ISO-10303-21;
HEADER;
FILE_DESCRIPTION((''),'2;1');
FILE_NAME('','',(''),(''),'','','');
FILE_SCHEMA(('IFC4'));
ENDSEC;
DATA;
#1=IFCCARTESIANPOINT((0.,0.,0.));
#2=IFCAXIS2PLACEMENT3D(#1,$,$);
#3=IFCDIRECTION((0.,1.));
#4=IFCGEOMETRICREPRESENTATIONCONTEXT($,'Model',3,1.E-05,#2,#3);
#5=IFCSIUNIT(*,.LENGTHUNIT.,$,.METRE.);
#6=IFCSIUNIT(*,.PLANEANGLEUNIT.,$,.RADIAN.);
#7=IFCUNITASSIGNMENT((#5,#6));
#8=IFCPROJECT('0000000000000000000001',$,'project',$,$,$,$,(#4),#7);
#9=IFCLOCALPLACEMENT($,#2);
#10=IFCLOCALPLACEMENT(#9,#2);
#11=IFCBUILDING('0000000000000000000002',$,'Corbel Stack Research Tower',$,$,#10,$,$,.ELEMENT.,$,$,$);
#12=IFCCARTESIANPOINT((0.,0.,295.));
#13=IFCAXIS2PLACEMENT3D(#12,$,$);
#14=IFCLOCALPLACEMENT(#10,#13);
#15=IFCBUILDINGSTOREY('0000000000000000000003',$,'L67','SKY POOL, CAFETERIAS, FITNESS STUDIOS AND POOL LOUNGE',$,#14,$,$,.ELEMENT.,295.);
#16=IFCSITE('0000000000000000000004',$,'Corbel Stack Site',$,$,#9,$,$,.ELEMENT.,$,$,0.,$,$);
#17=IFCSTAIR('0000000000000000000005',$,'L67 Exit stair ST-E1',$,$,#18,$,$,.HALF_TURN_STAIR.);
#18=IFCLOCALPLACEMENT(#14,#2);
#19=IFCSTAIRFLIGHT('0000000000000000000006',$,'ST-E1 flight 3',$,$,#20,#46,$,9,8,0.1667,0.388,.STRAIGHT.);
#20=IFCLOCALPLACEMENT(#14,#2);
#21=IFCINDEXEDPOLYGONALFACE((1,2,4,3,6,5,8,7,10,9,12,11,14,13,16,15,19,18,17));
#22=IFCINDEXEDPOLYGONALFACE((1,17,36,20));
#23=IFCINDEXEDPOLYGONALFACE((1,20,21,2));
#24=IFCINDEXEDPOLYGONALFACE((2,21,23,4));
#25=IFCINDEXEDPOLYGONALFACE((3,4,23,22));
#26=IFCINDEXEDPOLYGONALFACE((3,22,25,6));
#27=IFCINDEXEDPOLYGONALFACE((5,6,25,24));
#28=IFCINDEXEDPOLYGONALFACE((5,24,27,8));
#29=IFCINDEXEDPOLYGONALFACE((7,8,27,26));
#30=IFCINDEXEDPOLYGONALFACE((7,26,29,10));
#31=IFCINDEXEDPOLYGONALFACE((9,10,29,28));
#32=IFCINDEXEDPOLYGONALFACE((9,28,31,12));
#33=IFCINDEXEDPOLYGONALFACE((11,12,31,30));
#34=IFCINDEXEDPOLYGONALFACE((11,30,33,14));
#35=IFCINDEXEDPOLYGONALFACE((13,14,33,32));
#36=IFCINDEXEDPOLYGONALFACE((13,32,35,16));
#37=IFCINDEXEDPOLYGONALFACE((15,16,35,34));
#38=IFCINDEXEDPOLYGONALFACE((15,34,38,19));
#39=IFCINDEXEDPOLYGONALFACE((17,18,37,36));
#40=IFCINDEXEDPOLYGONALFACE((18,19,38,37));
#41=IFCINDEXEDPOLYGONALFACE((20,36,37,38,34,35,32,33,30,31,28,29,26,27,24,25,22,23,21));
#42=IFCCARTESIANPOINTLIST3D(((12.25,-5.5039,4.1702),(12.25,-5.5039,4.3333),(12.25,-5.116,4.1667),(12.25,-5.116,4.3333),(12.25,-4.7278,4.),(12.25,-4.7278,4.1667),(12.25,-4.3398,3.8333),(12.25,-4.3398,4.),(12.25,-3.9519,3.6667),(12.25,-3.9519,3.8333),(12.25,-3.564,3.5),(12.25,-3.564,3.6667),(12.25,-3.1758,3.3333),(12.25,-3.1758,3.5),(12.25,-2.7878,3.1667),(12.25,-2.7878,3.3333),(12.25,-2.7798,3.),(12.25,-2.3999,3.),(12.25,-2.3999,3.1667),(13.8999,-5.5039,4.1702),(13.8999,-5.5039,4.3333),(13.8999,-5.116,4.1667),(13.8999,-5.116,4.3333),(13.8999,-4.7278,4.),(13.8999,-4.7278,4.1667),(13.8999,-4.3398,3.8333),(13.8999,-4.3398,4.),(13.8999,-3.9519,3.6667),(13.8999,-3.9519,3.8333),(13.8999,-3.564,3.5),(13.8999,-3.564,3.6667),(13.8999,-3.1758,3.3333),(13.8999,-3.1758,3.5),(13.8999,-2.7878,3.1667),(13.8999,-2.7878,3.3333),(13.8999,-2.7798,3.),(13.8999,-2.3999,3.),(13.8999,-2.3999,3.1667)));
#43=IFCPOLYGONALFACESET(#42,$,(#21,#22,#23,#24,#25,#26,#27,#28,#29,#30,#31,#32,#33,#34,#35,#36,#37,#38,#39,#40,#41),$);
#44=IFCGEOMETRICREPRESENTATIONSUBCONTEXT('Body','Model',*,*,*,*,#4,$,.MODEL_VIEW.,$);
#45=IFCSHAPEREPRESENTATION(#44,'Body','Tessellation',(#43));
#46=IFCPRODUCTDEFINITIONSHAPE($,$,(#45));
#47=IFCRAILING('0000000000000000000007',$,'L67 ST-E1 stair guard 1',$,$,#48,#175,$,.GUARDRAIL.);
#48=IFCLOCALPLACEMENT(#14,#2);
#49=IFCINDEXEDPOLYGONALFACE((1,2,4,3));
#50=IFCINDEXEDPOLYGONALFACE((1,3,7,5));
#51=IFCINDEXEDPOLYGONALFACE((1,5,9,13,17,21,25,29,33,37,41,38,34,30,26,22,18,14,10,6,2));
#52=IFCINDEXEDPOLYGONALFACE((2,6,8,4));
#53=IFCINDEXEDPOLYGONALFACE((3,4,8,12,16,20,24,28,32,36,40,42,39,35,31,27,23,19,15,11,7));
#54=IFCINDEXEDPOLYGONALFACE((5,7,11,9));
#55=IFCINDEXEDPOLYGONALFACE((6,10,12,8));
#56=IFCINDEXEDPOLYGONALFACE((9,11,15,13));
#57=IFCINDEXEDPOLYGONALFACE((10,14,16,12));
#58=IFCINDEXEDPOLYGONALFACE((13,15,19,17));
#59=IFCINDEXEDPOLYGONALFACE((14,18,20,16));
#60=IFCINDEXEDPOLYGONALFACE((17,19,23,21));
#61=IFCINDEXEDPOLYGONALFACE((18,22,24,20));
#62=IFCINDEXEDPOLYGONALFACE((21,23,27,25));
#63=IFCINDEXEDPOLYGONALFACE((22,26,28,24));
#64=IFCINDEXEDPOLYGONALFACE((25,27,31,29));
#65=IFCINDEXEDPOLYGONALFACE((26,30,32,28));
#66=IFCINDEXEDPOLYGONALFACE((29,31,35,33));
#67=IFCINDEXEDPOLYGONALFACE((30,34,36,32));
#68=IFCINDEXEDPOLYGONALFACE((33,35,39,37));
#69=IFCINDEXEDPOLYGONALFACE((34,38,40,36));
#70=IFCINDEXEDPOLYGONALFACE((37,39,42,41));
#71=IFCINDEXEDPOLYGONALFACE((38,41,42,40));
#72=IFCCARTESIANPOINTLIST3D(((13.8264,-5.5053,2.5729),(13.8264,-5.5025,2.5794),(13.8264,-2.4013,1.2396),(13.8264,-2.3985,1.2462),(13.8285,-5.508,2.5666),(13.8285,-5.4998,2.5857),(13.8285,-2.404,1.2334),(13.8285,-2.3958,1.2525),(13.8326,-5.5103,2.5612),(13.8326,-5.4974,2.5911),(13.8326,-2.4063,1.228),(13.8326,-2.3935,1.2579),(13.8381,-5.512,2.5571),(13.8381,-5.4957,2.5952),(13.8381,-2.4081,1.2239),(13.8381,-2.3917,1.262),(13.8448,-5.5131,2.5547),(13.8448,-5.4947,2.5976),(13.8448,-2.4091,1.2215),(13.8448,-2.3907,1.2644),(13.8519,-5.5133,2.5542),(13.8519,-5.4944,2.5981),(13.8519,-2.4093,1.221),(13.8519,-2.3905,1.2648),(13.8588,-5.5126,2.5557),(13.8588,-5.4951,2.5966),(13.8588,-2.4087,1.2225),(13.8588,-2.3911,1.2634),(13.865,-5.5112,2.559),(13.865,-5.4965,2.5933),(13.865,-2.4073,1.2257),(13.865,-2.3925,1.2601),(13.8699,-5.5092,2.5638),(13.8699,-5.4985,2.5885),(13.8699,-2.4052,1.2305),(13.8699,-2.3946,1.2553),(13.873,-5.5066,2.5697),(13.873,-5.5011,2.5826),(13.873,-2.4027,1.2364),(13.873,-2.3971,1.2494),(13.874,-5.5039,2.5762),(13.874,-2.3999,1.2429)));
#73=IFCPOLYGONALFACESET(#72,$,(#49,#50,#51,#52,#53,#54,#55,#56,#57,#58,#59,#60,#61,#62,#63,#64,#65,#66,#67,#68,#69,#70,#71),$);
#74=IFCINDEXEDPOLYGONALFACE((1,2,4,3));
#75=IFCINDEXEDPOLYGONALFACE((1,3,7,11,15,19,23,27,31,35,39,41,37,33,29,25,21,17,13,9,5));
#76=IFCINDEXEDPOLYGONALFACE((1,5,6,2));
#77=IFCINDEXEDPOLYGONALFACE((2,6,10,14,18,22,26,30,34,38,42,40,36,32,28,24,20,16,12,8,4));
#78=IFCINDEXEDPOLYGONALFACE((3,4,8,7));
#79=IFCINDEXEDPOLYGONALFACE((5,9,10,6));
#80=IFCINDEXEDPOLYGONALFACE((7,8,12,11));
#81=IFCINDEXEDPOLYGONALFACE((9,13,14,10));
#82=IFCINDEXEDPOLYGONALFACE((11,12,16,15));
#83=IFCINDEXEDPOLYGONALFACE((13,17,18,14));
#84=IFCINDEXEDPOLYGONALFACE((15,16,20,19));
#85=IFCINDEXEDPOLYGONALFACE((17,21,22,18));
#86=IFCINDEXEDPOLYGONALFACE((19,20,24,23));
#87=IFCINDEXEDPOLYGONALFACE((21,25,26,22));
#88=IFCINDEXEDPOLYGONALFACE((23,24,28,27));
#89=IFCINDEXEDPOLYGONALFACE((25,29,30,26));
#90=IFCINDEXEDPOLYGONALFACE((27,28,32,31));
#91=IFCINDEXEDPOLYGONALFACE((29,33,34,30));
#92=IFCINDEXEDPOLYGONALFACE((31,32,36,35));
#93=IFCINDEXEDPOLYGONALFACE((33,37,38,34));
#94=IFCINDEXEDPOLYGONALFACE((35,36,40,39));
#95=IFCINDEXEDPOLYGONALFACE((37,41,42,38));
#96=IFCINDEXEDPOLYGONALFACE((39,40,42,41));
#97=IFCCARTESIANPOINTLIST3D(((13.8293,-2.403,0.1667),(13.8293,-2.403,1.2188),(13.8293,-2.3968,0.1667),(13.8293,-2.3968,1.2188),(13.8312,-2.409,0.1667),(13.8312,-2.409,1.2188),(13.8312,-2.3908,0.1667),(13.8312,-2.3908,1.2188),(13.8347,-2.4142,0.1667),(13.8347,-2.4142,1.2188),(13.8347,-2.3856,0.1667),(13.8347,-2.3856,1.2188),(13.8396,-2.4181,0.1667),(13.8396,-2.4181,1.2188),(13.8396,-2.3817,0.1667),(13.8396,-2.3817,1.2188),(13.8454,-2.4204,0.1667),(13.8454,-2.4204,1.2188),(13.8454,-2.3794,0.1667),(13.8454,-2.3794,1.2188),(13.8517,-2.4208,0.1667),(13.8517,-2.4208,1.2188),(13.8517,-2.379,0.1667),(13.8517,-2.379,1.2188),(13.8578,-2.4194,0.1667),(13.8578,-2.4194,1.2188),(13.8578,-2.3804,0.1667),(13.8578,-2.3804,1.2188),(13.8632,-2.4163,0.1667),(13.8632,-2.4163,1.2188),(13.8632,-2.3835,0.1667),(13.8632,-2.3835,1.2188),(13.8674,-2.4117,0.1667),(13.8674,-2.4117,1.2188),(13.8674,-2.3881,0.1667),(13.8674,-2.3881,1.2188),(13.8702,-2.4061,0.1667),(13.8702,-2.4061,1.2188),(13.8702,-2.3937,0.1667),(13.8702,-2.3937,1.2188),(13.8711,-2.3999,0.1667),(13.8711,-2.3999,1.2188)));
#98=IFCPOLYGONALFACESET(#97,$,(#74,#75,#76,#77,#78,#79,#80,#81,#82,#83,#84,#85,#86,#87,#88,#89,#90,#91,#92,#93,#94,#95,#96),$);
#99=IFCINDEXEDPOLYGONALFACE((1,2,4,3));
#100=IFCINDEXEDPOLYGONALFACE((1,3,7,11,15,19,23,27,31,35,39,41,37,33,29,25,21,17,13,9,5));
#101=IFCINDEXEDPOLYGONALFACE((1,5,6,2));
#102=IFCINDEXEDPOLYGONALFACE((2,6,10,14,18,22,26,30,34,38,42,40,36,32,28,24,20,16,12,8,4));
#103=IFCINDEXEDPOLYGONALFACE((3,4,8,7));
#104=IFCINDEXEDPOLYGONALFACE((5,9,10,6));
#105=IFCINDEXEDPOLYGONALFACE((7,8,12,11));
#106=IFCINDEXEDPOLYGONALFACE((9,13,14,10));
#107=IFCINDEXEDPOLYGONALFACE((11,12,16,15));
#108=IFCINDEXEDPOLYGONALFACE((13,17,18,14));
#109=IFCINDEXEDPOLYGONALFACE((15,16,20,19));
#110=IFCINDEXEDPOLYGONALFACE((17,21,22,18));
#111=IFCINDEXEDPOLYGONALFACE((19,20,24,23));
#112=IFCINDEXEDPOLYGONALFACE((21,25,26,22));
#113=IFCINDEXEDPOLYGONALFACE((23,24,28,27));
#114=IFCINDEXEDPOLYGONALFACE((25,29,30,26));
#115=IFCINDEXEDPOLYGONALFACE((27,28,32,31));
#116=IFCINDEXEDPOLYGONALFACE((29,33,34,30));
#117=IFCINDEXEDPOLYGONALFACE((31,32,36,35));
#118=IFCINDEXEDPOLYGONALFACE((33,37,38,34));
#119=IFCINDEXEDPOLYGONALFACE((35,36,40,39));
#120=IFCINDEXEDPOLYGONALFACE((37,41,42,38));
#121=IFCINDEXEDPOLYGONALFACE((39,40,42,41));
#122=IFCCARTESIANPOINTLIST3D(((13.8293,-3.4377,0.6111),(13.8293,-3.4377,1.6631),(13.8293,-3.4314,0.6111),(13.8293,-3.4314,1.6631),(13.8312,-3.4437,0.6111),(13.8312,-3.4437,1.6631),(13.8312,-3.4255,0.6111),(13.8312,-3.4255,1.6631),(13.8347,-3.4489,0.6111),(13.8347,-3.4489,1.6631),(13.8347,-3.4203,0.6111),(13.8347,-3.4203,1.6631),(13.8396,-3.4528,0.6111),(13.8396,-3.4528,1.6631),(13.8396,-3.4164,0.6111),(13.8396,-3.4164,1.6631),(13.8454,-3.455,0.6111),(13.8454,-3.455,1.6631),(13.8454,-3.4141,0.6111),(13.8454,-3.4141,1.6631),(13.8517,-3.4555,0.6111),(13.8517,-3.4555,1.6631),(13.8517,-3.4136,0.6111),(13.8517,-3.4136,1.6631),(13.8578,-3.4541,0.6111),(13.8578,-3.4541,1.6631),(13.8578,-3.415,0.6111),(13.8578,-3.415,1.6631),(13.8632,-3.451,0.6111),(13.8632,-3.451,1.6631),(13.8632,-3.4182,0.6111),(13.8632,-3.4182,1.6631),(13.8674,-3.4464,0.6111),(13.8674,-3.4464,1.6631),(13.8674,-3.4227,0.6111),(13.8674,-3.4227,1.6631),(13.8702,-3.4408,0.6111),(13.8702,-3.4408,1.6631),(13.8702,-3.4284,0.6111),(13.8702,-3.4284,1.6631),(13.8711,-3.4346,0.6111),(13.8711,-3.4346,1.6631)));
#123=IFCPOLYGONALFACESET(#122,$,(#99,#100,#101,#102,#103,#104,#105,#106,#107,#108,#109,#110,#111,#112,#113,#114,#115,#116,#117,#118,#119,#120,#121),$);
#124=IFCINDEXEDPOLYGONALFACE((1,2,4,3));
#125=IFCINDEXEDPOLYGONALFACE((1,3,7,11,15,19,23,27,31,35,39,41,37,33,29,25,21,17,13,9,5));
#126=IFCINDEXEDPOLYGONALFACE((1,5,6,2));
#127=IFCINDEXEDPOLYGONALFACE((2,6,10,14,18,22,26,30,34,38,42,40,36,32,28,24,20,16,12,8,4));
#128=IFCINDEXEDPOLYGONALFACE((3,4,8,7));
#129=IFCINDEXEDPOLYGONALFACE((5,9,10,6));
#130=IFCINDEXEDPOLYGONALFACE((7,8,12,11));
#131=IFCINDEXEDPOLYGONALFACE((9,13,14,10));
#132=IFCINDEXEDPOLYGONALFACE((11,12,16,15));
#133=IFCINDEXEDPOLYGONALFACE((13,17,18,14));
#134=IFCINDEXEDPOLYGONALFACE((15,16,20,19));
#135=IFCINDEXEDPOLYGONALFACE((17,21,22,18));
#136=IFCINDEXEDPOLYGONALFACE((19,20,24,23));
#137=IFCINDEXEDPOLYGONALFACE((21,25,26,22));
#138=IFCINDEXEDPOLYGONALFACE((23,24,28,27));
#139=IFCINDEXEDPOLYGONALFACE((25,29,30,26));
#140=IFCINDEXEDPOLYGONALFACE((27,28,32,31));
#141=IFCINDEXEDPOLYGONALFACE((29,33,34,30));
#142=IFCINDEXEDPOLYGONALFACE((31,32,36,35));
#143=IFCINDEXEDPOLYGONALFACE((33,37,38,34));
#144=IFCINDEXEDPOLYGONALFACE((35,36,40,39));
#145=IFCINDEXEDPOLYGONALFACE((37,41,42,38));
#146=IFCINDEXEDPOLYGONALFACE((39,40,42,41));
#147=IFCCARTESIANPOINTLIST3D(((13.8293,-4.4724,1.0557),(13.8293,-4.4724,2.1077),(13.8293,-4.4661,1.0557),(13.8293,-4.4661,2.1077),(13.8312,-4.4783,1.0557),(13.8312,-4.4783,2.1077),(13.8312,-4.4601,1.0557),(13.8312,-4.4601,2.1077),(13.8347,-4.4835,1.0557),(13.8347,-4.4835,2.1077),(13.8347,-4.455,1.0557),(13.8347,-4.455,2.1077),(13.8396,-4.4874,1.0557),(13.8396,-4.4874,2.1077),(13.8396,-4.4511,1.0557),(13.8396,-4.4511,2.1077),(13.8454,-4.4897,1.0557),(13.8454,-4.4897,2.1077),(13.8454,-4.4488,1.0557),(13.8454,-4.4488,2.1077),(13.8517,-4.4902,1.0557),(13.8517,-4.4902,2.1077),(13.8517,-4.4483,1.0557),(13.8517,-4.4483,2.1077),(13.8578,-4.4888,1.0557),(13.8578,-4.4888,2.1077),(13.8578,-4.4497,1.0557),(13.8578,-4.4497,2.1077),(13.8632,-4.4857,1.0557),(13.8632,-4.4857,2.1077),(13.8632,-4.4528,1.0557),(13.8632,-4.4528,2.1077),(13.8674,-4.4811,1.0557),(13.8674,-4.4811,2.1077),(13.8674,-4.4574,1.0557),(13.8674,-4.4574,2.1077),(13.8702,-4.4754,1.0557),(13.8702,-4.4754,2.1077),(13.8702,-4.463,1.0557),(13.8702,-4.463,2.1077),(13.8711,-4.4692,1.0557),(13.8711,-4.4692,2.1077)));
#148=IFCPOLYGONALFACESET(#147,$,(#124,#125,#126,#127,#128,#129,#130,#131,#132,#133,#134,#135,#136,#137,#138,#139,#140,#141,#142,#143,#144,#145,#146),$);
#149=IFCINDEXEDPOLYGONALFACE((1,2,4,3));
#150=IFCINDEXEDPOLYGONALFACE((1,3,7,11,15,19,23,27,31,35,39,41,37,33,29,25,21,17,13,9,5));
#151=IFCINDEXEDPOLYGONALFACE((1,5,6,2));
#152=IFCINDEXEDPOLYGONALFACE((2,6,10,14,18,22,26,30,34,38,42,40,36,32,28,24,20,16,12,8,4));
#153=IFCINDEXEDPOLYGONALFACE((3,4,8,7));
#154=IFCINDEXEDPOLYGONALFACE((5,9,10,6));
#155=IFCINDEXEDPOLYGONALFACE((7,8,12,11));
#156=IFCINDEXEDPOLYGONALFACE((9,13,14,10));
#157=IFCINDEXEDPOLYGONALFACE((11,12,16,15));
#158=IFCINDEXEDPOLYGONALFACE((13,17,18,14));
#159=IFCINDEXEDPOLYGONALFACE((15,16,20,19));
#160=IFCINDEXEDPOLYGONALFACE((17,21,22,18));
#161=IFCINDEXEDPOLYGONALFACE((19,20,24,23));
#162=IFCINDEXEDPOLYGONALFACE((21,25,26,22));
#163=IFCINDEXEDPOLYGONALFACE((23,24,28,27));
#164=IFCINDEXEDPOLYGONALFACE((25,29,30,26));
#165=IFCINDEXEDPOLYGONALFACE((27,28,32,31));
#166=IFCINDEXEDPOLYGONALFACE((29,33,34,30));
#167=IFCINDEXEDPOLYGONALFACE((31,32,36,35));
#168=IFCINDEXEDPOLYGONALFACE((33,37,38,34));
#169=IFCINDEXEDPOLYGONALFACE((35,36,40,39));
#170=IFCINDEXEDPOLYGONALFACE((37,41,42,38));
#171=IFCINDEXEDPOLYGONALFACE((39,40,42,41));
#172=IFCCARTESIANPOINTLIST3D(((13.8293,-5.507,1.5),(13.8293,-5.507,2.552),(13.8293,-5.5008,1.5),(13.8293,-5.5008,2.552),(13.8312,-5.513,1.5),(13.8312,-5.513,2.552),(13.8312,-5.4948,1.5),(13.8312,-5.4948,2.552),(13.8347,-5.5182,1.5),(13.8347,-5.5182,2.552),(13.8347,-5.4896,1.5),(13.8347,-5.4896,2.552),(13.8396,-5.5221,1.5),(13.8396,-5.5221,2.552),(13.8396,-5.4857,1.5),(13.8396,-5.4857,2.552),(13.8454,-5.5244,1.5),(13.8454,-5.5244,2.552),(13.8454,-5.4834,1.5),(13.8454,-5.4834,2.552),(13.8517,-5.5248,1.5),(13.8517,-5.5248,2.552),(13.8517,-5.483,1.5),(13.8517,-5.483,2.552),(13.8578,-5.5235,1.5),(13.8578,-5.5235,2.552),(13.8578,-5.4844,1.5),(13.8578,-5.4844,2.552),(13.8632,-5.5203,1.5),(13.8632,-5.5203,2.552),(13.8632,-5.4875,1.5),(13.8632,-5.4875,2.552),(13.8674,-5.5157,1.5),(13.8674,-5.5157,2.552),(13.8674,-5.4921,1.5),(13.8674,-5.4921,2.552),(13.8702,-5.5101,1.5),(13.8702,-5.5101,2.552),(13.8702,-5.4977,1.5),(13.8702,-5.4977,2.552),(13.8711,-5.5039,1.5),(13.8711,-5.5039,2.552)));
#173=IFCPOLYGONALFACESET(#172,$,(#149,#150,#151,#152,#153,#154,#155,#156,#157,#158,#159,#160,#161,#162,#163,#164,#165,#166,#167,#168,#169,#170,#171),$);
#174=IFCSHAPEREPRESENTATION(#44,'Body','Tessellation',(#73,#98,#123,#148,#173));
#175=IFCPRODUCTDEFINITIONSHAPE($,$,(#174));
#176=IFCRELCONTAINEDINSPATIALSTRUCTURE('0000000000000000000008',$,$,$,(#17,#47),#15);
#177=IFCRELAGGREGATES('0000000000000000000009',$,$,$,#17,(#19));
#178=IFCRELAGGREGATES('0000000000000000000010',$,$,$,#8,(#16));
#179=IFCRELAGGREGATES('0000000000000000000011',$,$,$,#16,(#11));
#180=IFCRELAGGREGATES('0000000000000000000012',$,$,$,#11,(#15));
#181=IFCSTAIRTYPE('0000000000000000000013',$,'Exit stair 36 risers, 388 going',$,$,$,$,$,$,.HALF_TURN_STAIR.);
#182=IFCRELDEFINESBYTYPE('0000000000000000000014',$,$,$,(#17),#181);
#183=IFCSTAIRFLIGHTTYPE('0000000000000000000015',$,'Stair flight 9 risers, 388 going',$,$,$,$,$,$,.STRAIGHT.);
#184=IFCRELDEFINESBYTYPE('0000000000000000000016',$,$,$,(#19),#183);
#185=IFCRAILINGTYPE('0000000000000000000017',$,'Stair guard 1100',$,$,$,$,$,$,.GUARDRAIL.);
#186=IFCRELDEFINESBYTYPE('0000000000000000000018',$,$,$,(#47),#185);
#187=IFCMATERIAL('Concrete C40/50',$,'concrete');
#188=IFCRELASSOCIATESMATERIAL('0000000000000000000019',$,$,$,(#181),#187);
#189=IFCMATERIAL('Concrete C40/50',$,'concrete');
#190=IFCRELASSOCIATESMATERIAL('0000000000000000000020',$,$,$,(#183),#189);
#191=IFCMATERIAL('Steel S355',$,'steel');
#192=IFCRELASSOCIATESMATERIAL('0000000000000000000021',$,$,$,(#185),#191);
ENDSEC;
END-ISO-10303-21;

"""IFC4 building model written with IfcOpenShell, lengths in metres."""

from ifc_helpers import new_model, si_unit, direction, frame, origin, origin_2d, place, context, subcontext, project, spatial, polyline, circle, outline, extrude, material, type_object, element, aggregate, save


model = new_model("IFC4")

# Units and contexts
model_context = context("Model", 3, precision=1e-05, world=origin(), true_north=direction((0.0, 1.0)))
body_context = subcontext(model_context, "Body", "Model", "MODEL_VIEW")
ifc_project = project(units=[si_unit("LENGTHUNIT", "METRE"), si_unit("PLANEANGLEUNIT", "RADIAN")], contexts=[model_context])

# Site, building, storey
site_placement = place(None, origin())
site = spatial("IfcSite", under=ifc_project, at=site_placement, Name="Corbel Stack Site", CompositionType="ELEMENT", RefElevation=0.0)
building_placement = place(site_placement, origin())
building = spatial("IfcBuilding", under=site, at=building_placement, Name="Corbel Stack Research Tower", CompositionType="ELEMENT")
storey_placement = place(building_placement, frame((0.0, 0.0, 295.0)))
storey = spatial("IfcBuildingStorey", under=building, at=storey_placement, Name="L67", Description="SKY POOL, CAFETERIAS, FITNESS STUDIOS AND POOL LOUNGE", CompositionType="ELEMENT", Elevation=295.0)

# Stair, stair flight
ifc_material_1 = material(Name="Concrete C40/50", Category="concrete")
stair_type = type_object("IfcStairType", Name="Exit stair 36 risers, 388 going", PredefinedType="HALF_TURN_STAIR", material=ifc_material_1)
stair_placement = place(storey_placement, origin())
stair = element("IfcStair", 1, at=stair_placement, inside=storey, type_object=stair_type, Name="L67 Exit stair ST-E1", PredefinedType="HALF_TURN_STAIR")
ifc_material_2 = material(Name="Concrete C40/50", Category="concrete")
stair_flight_type = type_object("IfcStairFlightType", Name="Stair flight 9 risers, 388 going", PredefinedType="STRAIGHT", material=ifc_material_2)
stair_flight_1_placement = place(storey_placement, frame((13.075, -2.3999, 3.0), z_axis=(0.0, 0.0, 1.0), x_axis=(0.0, -1.0, 0.0)))
stair_flight_1 = element("IfcStairFlight", 2, at=stair_flight_1_placement, type_object=stair_flight_type, Name="ST-E1 flight 3", NumberOfRisers=9, NumberOfTreads=8, PredefinedType="STRAIGHT", RiserHeight=0.1667, TreadLength=0.388, context=body_context, shape_type="SweptSolid", body=[
    extrude(outline(polyline([(0.0, 0.0), (0.0, 0.1667), (0.3879, 0.1667), (0.3879, 0.3333), (0.7759, 0.3333), (0.7759, 0.5), (1.1641, 0.5), (1.1641, 0.6667), (1.552, 0.6667), (1.552, 0.8333), (1.9399, 0.8333), (1.9399, 1.0), (2.3279, 1.0), (2.3279, 1.1667), (2.7161, 1.1667), (2.7161, 1.3333), (3.104, 1.3333), (3.104, 1.5), (3.104, 1.1702), (0.3799, 0.0), (0.0, 0.0)])), frame((0.0, 0.825, 0.0), z_axis=(0.0, -1.0, 0.0), x_axis=(1.0, 0.0, 0.0)), (0.0, 0.0, 1.0), 1.6499),
])
aggregate(stair, [stair_flight_1])

# Railing
ifc_material_3 = material(Name="Steel S355", Category="steel")
railing_type_1 = type_object("IfcRailingType", Name="Stair guard 1100", PredefinedType="GUARDRAIL", material=ifc_material_3)
railing_1_placement = place(storey_placement, frame((13.8501, -2.3999, 0.1667)))
element("IfcRailing", 3, at=railing_1_placement, inside=storey, type_object=railing_type_1, Name="L67 ST-E1 stair guard 1", PredefinedType="GUARDRAIL", context=body_context, shape_type="SweptSolid", body=[
    extrude(circle(Radius=0.0239, at=origin_2d()), frame((0.0, 0.0, 1.0762), z_axis=(0.0, -0.918827, 0.394661), x_axis=(1.0, 0.0, 0.0)), (0.0, 0.0, 1.0), 3.3782),
    extrude(circle(Radius=0.021, at=origin_2d()), origin(), (0.0, 0.0, 1.0), 1.052),
    extrude(circle(Radius=0.021, at=origin_2d()), frame((0.0, -1.0347, 0.4443)), (0.0, 0.0, 1.0), 1.052),
    extrude(circle(Radius=0.021, at=origin_2d()), frame((0.0, -2.0693, 0.8889)), (0.0, 0.0, 1.0), 1.052),
    extrude(circle(Radius=0.021, at=origin_2d()), frame((0.0, -3.104, 1.3333)), (0.0, 0.0, 1.0), 1.052),
])

save(model, "model.ifc")
